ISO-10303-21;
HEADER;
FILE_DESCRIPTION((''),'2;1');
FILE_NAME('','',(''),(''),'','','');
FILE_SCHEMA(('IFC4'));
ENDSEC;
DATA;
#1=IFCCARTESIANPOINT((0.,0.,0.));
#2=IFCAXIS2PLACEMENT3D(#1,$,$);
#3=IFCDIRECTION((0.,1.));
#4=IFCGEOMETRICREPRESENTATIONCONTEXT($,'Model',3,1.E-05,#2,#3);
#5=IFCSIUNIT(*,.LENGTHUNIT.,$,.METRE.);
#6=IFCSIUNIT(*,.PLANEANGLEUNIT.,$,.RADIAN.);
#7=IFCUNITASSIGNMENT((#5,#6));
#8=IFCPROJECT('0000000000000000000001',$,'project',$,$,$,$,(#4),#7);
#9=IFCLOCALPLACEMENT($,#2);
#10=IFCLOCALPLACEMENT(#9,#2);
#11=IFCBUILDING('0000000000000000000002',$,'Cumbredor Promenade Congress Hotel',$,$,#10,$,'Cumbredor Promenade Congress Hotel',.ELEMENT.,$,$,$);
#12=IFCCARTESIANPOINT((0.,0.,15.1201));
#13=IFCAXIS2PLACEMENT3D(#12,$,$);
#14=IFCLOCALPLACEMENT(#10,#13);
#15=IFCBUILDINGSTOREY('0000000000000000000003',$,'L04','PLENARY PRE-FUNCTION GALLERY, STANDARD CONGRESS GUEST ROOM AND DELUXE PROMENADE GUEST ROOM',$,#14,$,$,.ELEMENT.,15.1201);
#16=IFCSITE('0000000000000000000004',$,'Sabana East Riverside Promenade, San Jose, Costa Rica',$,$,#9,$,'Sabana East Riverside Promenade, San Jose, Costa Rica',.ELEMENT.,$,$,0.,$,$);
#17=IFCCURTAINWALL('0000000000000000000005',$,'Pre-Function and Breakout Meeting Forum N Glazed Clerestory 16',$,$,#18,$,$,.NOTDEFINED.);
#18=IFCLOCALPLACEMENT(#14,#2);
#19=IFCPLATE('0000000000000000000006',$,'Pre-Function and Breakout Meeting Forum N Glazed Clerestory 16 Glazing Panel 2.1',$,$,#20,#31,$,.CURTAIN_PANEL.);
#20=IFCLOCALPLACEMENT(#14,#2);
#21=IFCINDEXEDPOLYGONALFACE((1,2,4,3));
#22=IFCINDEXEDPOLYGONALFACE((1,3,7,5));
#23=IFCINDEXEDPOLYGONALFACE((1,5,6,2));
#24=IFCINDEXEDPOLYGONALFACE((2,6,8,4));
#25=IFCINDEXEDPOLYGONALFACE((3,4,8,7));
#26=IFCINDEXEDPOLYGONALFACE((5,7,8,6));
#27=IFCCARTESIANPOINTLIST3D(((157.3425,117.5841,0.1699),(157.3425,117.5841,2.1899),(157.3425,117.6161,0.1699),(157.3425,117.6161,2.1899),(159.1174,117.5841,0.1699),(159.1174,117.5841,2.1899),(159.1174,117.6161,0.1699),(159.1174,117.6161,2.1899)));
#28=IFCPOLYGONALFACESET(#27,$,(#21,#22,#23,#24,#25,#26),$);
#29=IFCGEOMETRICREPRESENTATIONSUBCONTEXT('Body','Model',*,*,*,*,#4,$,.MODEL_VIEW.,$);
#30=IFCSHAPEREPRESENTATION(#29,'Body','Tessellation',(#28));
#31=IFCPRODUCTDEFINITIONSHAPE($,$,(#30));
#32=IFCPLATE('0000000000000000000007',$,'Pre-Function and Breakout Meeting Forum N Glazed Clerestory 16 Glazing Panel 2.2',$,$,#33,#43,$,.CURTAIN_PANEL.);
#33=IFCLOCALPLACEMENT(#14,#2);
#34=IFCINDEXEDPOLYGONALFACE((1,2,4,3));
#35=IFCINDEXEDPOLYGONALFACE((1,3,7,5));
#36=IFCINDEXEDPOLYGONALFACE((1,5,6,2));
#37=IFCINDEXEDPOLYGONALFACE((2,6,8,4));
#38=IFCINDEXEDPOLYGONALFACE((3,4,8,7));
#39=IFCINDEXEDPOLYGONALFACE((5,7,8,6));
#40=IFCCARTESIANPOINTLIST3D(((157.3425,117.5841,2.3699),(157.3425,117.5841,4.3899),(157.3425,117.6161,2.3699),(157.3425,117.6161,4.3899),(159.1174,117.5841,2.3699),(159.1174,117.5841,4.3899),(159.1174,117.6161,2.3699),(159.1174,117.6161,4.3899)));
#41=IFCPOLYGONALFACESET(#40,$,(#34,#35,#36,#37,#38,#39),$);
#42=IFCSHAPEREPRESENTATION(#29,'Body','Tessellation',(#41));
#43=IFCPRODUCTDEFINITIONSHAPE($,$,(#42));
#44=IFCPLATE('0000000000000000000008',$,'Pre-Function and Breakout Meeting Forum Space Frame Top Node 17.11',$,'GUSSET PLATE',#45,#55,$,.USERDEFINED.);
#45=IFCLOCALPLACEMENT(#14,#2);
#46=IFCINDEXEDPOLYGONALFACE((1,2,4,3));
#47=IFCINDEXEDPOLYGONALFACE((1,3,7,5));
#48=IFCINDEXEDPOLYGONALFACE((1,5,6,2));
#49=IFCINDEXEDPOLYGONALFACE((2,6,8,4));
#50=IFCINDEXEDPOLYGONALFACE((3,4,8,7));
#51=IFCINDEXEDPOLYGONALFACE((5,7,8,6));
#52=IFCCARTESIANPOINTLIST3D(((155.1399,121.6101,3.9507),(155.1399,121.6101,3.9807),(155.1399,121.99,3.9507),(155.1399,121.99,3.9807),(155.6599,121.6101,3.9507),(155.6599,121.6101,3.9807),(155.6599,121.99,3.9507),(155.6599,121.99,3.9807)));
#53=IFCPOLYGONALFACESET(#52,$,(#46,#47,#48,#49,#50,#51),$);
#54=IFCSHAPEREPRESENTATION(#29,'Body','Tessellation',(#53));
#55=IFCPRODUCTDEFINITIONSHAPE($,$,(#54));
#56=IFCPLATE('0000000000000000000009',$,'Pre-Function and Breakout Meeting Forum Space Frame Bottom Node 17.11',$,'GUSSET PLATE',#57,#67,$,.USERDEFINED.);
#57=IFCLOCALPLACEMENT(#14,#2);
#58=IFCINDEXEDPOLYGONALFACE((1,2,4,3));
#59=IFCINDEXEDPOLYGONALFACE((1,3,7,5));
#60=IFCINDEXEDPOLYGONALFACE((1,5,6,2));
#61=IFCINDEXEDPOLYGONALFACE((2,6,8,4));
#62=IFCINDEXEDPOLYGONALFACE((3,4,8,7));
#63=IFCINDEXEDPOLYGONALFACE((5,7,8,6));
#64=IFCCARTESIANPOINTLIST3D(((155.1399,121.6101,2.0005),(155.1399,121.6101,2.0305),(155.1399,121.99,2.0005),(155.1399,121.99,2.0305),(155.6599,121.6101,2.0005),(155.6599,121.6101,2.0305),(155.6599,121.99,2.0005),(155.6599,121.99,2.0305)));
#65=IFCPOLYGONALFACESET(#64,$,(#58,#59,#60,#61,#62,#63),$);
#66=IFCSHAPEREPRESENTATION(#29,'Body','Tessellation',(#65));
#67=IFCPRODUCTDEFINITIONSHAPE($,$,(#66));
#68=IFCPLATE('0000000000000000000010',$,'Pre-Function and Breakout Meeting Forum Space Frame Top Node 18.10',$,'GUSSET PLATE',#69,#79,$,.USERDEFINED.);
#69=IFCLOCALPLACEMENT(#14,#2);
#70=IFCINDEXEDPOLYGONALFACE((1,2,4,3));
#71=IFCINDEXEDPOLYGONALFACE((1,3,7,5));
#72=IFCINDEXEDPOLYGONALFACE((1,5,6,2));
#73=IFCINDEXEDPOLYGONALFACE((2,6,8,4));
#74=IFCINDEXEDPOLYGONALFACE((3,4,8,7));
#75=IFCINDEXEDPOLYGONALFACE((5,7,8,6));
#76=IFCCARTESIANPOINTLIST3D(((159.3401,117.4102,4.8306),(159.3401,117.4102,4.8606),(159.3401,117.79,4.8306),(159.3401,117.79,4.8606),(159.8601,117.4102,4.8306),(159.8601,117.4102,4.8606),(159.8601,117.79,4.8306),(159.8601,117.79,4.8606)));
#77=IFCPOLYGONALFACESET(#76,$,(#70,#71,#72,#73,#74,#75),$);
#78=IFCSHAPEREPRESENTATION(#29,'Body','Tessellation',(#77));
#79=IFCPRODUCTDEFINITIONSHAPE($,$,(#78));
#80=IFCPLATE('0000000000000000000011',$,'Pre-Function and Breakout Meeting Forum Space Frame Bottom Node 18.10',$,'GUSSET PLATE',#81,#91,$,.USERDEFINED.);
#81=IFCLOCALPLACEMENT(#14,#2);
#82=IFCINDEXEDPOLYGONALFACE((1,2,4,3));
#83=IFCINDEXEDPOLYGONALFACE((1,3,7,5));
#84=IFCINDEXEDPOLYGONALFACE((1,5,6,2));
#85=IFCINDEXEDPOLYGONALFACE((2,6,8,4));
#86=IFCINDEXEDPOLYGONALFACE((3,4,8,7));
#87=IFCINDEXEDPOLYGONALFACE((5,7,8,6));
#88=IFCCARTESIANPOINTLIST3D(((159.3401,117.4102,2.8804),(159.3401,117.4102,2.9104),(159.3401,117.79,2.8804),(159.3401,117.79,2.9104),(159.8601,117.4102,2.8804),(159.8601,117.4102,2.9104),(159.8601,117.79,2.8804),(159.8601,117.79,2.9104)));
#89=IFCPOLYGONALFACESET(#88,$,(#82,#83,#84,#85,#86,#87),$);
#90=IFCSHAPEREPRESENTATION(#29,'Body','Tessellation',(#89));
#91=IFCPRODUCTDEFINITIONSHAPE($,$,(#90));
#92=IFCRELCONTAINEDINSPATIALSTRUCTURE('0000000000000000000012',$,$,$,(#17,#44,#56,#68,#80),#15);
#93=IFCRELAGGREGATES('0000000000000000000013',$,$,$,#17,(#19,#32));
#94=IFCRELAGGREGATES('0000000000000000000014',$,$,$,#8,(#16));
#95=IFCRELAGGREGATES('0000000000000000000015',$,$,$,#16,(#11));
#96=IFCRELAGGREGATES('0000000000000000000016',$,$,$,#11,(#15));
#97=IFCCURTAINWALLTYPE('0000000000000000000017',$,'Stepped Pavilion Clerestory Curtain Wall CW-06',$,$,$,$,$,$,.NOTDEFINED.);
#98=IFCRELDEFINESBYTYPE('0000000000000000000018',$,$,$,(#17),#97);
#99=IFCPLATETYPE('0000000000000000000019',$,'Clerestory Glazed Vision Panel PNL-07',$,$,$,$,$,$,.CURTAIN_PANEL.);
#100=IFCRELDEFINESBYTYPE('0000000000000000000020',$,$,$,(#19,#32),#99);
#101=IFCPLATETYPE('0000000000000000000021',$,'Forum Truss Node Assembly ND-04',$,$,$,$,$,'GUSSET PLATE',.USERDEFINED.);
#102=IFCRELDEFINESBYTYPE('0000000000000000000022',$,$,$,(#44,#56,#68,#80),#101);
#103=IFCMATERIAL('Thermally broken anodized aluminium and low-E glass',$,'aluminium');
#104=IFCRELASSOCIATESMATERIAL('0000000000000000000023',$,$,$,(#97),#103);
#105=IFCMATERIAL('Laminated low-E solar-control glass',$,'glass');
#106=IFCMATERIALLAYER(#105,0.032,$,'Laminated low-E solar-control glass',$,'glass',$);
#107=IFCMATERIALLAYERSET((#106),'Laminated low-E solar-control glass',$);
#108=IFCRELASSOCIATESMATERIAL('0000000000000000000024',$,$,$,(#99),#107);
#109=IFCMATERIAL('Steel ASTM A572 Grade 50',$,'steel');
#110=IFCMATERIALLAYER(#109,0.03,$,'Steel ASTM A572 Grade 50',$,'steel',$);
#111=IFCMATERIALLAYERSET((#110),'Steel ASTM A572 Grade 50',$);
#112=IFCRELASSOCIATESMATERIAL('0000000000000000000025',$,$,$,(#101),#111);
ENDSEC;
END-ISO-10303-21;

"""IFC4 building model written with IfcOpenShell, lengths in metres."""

from ifc_helpers import new_model, si_unit, direction, frame, origin, origin_2d, place, context, subcontext, project, spatial, rectangle, extrude, material, layer, layer_set, type_object, element, aggregate, save


model = new_model("IFC4")

# Units and contexts
model_context = context("Model", 3, precision=1e-05, world=origin(), true_north=direction((0.0, 1.0)))
body_context = subcontext(model_context, "Body", "Model", "MODEL_VIEW")
ifc_project = project(units=[si_unit("LENGTHUNIT", "METRE"), si_unit("PLANEANGLEUNIT", "RADIAN")], contexts=[model_context])

# Site, building, storey
site_placement = place(None, origin())
site = spatial("IfcSite", under=ifc_project, at=site_placement, Name="Sabana East Riverside Promenade, San Jose, Costa Rica", LongName="Sabana East Riverside Promenade, San Jose, Costa Rica", CompositionType="ELEMENT", RefElevation=0.0)
building_placement = place(site_placement, origin())
building = spatial("IfcBuilding", under=site, at=building_placement, Name="Cumbredor Promenade Congress Hotel", LongName="Cumbredor Promenade Congress Hotel", CompositionType="ELEMENT")
storey_placement = place(building_placement, frame((0.0, 0.0, 15.1201)))
storey = spatial("IfcBuildingStorey", under=building, at=storey_placement, Name="L04", Description="PLENARY PRE-FUNCTION GALLERY, STANDARD CONGRESS GUEST ROOM AND DELUXE PROMENADE GUEST ROOM", CompositionType="ELEMENT", Elevation=15.1201)

# Curtain wall
ifc_material_1 = material(Name="Thermally broken anodized aluminium and low-E glass", Category="aluminium")
curtain_wall_type = type_object("IfcCurtainWallType", Name="Stepped Pavilion Clerestory Curtain Wall CW-06", PredefinedType="NOTDEFINED", material=ifc_material_1)
curtain_wall_placement = place(storey_placement, origin())
curtain_wall = element("IfcCurtainWall", 1, at=curtain_wall_placement, inside=storey, type_object=curtain_wall_type, Name="Pre-Function and Breakout Meeting Forum N Glazed Clerestory 16", PredefinedType="NOTDEFINED")

# Plates
ifc_material_2 = material(Name="Laminated low-E solar-control glass", Category="glass")
ifc_layer_1 = layer(ifc_material_2, 0.032, Name="Laminated low-E solar-control glass", Category="glass")
ifc_layer_set_1 = layer_set([ifc_layer_1], Name="Laminated low-E solar-control glass")
plate_type_1 = type_object("IfcPlateType", Name="Clerestory Glazed Vision Panel PNL-07", PredefinedType="CURTAIN_PANEL", material=ifc_layer_set_1)
plate_1_placement = place(storey_placement, frame((158.23, 117.6001, 0.1699), z_axis=(0.0, 0.0, 1.0), x_axis=(1.0, 0.0, 0.0)))
plate_1 = element("IfcPlate", 2, at=plate_1_placement, type_object=plate_type_1, Name="Pre-Function and Breakout Meeting Forum N Glazed Clerestory 16 Glazing Panel 2.1", PredefinedType="CURTAIN_PANEL", context=body_context, shape_type="SweptSolid", body=[
    extrude(rectangle(XDim=1.7749, YDim=0.032, at=origin_2d()), origin(), (0.0, 0.0, 1.0), 2.02),
])
plate_2_placement = place(storey_placement, frame((158.23, 117.6001, 2.3699), z_axis=(0.0, 0.0, 1.0), x_axis=(1.0, 0.0, 0.0)))
plate_2 = element("IfcPlate", 3, at=plate_2_placement, type_object=plate_type_1, Name="Pre-Function and Breakout Meeting Forum N Glazed Clerestory 16 Glazing Panel 2.2", PredefinedType="CURTAIN_PANEL", context=body_context, shape_type="SweptSolid", body=[
    extrude(rectangle(XDim=1.7749, YDim=0.032, at=origin_2d()), origin(), (0.0, 0.0, 1.0), 2.02),
])
aggregate(curtain_wall, [plate_1, plate_2])

# Plates
ifc_material_3 = material(Name="Steel ASTM A572 Grade 50", Category="steel")
ifc_layer_2 = layer(ifc_material_3, 0.03, Name="Steel ASTM A572 Grade 50", Category="steel")
ifc_layer_set_2 = layer_set([ifc_layer_2], Name="Steel ASTM A572 Grade 50")
plate_type_2 = type_object("IfcPlateType", Name="Forum Truss Node Assembly ND-04", ElementType="GUSSET PLATE", PredefinedType="USERDEFINED", material=ifc_layer_set_2)
for number, where, z_axis, x_axis, name in (
    (4, (155.3999, 121.8, 3.9507), (0.0, 0.0, 1.0), (1.0, 0.0, 0.0), "Pre-Function and Breakout Meeting Forum Space Frame Top Node 17.11"),
    (5, (155.3999, 121.8, 2.0005), (0.0, 0.0, 1.0), (1.0, 0.0, 0.0), "Pre-Function and Breakout Meeting Forum Space Frame Bottom Node 17.11"),
    (6, (159.6001, 117.6001, 4.8306), (0.0, 0.0, 1.0), (1.0, 0.0, 0.0), "Pre-Function and Breakout Meeting Forum Space Frame Top Node 18.10"),
    (7, (159.6001, 117.6001, 2.8804), (0.0, 0.0, 1.0), (1.0, 0.0, 0.0), "Pre-Function and Breakout Meeting Forum Space Frame Bottom Node 18.10"),
):
    element("IfcPlate", number, at=place(storey_placement, frame(where, z_axis=z_axis, x_axis=x_axis)), inside=storey, type_object=plate_type_2, Name=name, ObjectType="GUSSET PLATE", PredefinedType="USERDEFINED", context=body_context, shape_type="SweptSolid", body=[
        extrude(rectangle(XDim=0.52, YDim=0.3799, at=origin_2d()), origin(), (0.0, 0.0, 1.0), 0.03),
    ])

save(model, "model.ifc")
